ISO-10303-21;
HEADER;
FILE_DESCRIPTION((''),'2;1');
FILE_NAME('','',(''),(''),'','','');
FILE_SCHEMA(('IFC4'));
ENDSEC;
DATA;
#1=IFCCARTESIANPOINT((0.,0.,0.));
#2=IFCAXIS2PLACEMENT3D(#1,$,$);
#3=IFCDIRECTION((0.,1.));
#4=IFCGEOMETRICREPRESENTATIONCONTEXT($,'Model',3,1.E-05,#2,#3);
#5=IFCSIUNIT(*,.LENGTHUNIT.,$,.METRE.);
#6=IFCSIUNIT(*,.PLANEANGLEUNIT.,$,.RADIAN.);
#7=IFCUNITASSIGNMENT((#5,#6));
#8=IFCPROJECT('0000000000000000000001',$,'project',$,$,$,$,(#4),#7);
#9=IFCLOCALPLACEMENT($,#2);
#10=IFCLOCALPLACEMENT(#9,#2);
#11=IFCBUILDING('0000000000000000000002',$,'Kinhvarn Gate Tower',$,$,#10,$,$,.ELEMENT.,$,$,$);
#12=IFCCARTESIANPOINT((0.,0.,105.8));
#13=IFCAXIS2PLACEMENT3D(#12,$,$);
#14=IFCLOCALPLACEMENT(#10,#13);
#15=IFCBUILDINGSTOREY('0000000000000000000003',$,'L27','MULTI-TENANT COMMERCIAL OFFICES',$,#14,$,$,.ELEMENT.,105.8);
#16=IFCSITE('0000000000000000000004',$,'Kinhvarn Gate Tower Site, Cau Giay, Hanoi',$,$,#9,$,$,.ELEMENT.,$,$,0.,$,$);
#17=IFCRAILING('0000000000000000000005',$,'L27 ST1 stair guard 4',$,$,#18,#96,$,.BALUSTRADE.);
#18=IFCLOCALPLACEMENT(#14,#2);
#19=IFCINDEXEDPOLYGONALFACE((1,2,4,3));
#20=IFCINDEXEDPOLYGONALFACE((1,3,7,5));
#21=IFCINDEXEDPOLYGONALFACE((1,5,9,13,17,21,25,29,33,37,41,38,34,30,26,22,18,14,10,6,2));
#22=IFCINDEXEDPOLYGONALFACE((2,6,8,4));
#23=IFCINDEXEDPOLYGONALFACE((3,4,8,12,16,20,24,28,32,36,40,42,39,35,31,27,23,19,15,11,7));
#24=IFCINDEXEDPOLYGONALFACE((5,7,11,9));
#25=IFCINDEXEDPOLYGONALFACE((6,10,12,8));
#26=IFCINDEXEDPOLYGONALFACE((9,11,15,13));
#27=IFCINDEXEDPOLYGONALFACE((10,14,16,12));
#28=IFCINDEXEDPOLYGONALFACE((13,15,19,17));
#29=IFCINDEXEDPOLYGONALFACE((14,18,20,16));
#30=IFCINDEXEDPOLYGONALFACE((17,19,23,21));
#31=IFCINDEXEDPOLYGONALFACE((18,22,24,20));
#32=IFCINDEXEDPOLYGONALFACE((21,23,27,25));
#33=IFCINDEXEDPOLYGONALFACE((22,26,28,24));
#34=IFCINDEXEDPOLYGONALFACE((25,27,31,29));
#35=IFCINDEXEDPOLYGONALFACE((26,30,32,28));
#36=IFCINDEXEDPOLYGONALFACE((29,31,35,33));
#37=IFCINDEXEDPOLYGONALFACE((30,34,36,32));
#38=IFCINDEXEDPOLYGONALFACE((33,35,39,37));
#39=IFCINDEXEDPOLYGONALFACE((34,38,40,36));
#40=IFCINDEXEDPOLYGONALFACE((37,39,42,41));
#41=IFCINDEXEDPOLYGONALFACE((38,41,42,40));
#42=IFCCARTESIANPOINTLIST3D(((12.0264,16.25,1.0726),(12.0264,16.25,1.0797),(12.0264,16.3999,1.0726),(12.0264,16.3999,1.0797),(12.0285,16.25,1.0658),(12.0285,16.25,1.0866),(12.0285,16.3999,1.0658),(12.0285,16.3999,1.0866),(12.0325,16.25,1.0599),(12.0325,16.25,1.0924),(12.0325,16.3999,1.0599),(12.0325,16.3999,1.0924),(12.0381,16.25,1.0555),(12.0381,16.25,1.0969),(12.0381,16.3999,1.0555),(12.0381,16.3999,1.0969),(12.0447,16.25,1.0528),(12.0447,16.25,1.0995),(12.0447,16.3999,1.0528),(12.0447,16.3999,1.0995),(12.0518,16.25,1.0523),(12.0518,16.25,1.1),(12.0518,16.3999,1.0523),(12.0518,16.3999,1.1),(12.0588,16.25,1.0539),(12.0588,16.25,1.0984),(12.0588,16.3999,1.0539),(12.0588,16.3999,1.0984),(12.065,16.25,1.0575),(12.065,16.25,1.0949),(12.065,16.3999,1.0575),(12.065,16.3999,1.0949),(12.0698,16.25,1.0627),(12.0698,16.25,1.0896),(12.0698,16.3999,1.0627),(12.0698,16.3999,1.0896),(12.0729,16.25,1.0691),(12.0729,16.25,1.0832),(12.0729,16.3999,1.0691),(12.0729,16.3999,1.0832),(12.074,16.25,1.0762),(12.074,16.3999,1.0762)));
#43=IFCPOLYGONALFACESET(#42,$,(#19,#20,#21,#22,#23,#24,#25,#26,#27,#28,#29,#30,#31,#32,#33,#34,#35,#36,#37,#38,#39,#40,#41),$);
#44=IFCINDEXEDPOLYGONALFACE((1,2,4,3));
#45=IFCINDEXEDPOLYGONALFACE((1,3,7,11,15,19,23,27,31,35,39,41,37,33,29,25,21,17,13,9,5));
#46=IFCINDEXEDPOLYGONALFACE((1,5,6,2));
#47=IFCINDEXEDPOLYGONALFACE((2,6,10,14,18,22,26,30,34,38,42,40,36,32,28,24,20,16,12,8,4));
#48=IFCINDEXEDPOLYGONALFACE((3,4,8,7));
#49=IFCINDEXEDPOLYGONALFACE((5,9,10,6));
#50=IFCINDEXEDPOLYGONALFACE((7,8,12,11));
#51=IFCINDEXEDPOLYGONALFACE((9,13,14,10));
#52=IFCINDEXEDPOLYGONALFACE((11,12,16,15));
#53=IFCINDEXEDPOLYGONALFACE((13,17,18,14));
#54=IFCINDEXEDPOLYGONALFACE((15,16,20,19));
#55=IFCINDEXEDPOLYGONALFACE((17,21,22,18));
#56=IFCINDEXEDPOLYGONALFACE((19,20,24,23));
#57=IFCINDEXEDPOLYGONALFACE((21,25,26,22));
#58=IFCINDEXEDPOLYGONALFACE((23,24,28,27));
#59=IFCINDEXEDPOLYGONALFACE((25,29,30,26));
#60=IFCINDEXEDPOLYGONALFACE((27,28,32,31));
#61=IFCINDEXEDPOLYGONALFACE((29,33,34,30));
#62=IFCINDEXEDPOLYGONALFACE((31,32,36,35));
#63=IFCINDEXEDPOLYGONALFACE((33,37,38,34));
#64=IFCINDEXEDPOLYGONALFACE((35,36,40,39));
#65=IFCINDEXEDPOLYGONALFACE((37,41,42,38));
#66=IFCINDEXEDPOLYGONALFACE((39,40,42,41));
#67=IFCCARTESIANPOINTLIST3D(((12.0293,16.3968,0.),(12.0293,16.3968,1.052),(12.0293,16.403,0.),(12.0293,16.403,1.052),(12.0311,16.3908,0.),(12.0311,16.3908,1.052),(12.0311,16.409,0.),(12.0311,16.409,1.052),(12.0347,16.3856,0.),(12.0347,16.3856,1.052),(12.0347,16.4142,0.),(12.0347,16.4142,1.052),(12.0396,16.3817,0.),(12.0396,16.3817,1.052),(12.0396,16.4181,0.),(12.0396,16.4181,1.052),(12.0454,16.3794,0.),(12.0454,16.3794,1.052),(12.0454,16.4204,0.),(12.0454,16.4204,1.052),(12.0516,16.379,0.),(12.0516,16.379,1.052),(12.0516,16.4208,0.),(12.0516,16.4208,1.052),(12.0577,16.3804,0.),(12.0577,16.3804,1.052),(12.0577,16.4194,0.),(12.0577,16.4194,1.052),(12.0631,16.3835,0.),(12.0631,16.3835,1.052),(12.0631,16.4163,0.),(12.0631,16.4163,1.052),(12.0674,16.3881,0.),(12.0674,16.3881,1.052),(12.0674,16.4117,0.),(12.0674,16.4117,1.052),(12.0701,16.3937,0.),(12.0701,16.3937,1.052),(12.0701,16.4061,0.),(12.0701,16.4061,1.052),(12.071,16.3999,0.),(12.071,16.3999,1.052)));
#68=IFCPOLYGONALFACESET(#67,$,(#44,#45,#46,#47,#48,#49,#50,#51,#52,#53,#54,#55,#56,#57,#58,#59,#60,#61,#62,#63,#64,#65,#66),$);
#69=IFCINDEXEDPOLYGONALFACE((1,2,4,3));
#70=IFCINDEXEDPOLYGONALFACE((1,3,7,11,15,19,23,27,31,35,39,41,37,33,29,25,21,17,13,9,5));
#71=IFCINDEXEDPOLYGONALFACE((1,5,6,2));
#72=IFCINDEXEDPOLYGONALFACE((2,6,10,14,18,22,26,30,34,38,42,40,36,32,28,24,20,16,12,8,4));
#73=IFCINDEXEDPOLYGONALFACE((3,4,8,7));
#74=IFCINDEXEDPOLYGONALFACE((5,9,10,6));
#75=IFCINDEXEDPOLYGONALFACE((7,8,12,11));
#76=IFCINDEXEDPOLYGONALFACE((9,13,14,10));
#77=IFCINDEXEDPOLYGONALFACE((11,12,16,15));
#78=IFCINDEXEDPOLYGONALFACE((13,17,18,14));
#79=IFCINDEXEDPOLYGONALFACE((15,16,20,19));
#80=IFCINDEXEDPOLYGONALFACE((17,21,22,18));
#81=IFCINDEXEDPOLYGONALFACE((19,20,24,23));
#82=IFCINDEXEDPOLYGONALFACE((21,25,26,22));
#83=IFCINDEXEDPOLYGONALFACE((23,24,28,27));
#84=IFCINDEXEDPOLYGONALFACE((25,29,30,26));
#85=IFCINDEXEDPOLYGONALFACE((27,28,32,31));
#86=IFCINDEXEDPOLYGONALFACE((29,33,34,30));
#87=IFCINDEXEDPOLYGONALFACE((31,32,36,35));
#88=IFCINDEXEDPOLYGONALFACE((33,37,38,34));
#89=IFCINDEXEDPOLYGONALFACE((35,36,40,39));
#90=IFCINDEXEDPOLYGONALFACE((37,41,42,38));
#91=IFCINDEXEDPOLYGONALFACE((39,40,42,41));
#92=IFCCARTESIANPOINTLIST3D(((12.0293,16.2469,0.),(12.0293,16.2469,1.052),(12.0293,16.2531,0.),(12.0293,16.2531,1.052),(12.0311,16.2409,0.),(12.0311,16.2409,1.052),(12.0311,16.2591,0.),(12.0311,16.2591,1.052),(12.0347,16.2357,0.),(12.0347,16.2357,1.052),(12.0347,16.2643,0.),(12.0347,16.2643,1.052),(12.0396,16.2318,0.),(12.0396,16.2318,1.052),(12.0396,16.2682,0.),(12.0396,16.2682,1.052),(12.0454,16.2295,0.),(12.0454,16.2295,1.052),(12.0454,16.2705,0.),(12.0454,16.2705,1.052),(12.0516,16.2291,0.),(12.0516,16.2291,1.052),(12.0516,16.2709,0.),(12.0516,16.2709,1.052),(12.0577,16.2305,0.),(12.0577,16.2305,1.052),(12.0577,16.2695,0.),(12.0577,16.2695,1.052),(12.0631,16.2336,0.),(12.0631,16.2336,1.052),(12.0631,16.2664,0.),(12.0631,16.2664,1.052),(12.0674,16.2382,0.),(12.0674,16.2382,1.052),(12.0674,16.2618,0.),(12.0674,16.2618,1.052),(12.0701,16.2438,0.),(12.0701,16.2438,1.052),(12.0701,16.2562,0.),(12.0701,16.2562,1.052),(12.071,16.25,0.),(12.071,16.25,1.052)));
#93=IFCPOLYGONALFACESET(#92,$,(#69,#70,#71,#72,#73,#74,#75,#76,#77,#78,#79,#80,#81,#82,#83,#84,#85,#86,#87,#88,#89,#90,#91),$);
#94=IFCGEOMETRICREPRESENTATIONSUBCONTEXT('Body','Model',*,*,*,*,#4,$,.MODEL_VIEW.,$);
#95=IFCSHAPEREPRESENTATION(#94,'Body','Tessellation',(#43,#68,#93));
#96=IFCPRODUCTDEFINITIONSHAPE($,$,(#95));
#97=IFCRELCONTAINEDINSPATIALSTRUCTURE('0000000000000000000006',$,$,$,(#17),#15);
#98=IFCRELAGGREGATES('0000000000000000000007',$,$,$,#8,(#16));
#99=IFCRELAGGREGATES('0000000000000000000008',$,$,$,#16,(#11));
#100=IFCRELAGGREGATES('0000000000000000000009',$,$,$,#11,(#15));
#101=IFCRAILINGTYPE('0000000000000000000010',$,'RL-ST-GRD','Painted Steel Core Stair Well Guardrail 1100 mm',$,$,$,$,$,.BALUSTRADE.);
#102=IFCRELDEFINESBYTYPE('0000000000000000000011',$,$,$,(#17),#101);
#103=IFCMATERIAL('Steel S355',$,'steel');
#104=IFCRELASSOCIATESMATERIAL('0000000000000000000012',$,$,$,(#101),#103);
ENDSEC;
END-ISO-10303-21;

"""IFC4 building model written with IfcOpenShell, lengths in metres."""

from ifc_helpers import new_model, si_unit, direction, frame, origin, origin_2d, place, context, subcontext, project, spatial, circle, extrude, material, type_object, element, save


model = new_model("IFC4")

# Units and contexts
model_context = context("Model", 3, precision=1e-05, world=origin(), true_north=direction((0.0, 1.0)))
body_context = subcontext(model_context, "Body", "Model", "MODEL_VIEW")
ifc_project = project(units=[si_unit("LENGTHUNIT", "METRE"), si_unit("PLANEANGLEUNIT", "RADIAN")], contexts=[model_context])

# Site, building, storey
site_placement = place(None, origin())
site = spatial("IfcSite", under=ifc_project, at=site_placement, Name="Kinhvarn Gate Tower Site, Cau Giay, Hanoi", CompositionType="ELEMENT", RefElevation=0.0)
building_placement = place(site_placement, origin())
building = spatial("IfcBuilding", under=site, at=building_placement, Name="Kinhvarn Gate Tower", CompositionType="ELEMENT")
storey_placement = place(building_placement, frame((0.0, 0.0, 105.8)))
storey = spatial("IfcBuildingStorey", under=building, at=storey_placement, Name="L27", Description="MULTI-TENANT COMMERCIAL OFFICES", CompositionType="ELEMENT", Elevation=105.8)

# Shared definitions
ifc_material_1 = material(Name="Steel S355", Category="steel")

# Railing
railing_type_1 = type_object("IfcRailingType", Name="RL-ST-GRD", Description="Painted Steel Core Stair Well Guardrail 1100 mm", PredefinedType="BALUSTRADE", material=ifc_material_1)
railing_1_placement = place(storey_placement, frame((12.05, 16.3999, 0.0)))
element("IfcRailing", 1, at=railing_1_placement, inside=storey, type_object=railing_type_1, Name="L27 ST1 stair guard 4", PredefinedType="BALUSTRADE", context=body_context, shape_type="SweptSolid", body=[
    extrude(circle(Radius=0.0239, at=origin_2d()), frame((0.0, 0.0, 1.0762), z_axis=(0.0, -1.0, 0.0), x_axis=(1.0, 0.0, 0.0)), (0.0, 0.0, 1.0), 0.1499),
    extrude(circle(Radius=0.021, at=origin_2d()), origin(), (0.0, 0.0, 1.0), 1.052),
    extrude(circle(Radius=0.021, at=origin_2d()), frame((0.0, -0.1499, 0.0)), (0.0, 0.0, 1.0), 1.052),
])

save(model, "model.ifc")
